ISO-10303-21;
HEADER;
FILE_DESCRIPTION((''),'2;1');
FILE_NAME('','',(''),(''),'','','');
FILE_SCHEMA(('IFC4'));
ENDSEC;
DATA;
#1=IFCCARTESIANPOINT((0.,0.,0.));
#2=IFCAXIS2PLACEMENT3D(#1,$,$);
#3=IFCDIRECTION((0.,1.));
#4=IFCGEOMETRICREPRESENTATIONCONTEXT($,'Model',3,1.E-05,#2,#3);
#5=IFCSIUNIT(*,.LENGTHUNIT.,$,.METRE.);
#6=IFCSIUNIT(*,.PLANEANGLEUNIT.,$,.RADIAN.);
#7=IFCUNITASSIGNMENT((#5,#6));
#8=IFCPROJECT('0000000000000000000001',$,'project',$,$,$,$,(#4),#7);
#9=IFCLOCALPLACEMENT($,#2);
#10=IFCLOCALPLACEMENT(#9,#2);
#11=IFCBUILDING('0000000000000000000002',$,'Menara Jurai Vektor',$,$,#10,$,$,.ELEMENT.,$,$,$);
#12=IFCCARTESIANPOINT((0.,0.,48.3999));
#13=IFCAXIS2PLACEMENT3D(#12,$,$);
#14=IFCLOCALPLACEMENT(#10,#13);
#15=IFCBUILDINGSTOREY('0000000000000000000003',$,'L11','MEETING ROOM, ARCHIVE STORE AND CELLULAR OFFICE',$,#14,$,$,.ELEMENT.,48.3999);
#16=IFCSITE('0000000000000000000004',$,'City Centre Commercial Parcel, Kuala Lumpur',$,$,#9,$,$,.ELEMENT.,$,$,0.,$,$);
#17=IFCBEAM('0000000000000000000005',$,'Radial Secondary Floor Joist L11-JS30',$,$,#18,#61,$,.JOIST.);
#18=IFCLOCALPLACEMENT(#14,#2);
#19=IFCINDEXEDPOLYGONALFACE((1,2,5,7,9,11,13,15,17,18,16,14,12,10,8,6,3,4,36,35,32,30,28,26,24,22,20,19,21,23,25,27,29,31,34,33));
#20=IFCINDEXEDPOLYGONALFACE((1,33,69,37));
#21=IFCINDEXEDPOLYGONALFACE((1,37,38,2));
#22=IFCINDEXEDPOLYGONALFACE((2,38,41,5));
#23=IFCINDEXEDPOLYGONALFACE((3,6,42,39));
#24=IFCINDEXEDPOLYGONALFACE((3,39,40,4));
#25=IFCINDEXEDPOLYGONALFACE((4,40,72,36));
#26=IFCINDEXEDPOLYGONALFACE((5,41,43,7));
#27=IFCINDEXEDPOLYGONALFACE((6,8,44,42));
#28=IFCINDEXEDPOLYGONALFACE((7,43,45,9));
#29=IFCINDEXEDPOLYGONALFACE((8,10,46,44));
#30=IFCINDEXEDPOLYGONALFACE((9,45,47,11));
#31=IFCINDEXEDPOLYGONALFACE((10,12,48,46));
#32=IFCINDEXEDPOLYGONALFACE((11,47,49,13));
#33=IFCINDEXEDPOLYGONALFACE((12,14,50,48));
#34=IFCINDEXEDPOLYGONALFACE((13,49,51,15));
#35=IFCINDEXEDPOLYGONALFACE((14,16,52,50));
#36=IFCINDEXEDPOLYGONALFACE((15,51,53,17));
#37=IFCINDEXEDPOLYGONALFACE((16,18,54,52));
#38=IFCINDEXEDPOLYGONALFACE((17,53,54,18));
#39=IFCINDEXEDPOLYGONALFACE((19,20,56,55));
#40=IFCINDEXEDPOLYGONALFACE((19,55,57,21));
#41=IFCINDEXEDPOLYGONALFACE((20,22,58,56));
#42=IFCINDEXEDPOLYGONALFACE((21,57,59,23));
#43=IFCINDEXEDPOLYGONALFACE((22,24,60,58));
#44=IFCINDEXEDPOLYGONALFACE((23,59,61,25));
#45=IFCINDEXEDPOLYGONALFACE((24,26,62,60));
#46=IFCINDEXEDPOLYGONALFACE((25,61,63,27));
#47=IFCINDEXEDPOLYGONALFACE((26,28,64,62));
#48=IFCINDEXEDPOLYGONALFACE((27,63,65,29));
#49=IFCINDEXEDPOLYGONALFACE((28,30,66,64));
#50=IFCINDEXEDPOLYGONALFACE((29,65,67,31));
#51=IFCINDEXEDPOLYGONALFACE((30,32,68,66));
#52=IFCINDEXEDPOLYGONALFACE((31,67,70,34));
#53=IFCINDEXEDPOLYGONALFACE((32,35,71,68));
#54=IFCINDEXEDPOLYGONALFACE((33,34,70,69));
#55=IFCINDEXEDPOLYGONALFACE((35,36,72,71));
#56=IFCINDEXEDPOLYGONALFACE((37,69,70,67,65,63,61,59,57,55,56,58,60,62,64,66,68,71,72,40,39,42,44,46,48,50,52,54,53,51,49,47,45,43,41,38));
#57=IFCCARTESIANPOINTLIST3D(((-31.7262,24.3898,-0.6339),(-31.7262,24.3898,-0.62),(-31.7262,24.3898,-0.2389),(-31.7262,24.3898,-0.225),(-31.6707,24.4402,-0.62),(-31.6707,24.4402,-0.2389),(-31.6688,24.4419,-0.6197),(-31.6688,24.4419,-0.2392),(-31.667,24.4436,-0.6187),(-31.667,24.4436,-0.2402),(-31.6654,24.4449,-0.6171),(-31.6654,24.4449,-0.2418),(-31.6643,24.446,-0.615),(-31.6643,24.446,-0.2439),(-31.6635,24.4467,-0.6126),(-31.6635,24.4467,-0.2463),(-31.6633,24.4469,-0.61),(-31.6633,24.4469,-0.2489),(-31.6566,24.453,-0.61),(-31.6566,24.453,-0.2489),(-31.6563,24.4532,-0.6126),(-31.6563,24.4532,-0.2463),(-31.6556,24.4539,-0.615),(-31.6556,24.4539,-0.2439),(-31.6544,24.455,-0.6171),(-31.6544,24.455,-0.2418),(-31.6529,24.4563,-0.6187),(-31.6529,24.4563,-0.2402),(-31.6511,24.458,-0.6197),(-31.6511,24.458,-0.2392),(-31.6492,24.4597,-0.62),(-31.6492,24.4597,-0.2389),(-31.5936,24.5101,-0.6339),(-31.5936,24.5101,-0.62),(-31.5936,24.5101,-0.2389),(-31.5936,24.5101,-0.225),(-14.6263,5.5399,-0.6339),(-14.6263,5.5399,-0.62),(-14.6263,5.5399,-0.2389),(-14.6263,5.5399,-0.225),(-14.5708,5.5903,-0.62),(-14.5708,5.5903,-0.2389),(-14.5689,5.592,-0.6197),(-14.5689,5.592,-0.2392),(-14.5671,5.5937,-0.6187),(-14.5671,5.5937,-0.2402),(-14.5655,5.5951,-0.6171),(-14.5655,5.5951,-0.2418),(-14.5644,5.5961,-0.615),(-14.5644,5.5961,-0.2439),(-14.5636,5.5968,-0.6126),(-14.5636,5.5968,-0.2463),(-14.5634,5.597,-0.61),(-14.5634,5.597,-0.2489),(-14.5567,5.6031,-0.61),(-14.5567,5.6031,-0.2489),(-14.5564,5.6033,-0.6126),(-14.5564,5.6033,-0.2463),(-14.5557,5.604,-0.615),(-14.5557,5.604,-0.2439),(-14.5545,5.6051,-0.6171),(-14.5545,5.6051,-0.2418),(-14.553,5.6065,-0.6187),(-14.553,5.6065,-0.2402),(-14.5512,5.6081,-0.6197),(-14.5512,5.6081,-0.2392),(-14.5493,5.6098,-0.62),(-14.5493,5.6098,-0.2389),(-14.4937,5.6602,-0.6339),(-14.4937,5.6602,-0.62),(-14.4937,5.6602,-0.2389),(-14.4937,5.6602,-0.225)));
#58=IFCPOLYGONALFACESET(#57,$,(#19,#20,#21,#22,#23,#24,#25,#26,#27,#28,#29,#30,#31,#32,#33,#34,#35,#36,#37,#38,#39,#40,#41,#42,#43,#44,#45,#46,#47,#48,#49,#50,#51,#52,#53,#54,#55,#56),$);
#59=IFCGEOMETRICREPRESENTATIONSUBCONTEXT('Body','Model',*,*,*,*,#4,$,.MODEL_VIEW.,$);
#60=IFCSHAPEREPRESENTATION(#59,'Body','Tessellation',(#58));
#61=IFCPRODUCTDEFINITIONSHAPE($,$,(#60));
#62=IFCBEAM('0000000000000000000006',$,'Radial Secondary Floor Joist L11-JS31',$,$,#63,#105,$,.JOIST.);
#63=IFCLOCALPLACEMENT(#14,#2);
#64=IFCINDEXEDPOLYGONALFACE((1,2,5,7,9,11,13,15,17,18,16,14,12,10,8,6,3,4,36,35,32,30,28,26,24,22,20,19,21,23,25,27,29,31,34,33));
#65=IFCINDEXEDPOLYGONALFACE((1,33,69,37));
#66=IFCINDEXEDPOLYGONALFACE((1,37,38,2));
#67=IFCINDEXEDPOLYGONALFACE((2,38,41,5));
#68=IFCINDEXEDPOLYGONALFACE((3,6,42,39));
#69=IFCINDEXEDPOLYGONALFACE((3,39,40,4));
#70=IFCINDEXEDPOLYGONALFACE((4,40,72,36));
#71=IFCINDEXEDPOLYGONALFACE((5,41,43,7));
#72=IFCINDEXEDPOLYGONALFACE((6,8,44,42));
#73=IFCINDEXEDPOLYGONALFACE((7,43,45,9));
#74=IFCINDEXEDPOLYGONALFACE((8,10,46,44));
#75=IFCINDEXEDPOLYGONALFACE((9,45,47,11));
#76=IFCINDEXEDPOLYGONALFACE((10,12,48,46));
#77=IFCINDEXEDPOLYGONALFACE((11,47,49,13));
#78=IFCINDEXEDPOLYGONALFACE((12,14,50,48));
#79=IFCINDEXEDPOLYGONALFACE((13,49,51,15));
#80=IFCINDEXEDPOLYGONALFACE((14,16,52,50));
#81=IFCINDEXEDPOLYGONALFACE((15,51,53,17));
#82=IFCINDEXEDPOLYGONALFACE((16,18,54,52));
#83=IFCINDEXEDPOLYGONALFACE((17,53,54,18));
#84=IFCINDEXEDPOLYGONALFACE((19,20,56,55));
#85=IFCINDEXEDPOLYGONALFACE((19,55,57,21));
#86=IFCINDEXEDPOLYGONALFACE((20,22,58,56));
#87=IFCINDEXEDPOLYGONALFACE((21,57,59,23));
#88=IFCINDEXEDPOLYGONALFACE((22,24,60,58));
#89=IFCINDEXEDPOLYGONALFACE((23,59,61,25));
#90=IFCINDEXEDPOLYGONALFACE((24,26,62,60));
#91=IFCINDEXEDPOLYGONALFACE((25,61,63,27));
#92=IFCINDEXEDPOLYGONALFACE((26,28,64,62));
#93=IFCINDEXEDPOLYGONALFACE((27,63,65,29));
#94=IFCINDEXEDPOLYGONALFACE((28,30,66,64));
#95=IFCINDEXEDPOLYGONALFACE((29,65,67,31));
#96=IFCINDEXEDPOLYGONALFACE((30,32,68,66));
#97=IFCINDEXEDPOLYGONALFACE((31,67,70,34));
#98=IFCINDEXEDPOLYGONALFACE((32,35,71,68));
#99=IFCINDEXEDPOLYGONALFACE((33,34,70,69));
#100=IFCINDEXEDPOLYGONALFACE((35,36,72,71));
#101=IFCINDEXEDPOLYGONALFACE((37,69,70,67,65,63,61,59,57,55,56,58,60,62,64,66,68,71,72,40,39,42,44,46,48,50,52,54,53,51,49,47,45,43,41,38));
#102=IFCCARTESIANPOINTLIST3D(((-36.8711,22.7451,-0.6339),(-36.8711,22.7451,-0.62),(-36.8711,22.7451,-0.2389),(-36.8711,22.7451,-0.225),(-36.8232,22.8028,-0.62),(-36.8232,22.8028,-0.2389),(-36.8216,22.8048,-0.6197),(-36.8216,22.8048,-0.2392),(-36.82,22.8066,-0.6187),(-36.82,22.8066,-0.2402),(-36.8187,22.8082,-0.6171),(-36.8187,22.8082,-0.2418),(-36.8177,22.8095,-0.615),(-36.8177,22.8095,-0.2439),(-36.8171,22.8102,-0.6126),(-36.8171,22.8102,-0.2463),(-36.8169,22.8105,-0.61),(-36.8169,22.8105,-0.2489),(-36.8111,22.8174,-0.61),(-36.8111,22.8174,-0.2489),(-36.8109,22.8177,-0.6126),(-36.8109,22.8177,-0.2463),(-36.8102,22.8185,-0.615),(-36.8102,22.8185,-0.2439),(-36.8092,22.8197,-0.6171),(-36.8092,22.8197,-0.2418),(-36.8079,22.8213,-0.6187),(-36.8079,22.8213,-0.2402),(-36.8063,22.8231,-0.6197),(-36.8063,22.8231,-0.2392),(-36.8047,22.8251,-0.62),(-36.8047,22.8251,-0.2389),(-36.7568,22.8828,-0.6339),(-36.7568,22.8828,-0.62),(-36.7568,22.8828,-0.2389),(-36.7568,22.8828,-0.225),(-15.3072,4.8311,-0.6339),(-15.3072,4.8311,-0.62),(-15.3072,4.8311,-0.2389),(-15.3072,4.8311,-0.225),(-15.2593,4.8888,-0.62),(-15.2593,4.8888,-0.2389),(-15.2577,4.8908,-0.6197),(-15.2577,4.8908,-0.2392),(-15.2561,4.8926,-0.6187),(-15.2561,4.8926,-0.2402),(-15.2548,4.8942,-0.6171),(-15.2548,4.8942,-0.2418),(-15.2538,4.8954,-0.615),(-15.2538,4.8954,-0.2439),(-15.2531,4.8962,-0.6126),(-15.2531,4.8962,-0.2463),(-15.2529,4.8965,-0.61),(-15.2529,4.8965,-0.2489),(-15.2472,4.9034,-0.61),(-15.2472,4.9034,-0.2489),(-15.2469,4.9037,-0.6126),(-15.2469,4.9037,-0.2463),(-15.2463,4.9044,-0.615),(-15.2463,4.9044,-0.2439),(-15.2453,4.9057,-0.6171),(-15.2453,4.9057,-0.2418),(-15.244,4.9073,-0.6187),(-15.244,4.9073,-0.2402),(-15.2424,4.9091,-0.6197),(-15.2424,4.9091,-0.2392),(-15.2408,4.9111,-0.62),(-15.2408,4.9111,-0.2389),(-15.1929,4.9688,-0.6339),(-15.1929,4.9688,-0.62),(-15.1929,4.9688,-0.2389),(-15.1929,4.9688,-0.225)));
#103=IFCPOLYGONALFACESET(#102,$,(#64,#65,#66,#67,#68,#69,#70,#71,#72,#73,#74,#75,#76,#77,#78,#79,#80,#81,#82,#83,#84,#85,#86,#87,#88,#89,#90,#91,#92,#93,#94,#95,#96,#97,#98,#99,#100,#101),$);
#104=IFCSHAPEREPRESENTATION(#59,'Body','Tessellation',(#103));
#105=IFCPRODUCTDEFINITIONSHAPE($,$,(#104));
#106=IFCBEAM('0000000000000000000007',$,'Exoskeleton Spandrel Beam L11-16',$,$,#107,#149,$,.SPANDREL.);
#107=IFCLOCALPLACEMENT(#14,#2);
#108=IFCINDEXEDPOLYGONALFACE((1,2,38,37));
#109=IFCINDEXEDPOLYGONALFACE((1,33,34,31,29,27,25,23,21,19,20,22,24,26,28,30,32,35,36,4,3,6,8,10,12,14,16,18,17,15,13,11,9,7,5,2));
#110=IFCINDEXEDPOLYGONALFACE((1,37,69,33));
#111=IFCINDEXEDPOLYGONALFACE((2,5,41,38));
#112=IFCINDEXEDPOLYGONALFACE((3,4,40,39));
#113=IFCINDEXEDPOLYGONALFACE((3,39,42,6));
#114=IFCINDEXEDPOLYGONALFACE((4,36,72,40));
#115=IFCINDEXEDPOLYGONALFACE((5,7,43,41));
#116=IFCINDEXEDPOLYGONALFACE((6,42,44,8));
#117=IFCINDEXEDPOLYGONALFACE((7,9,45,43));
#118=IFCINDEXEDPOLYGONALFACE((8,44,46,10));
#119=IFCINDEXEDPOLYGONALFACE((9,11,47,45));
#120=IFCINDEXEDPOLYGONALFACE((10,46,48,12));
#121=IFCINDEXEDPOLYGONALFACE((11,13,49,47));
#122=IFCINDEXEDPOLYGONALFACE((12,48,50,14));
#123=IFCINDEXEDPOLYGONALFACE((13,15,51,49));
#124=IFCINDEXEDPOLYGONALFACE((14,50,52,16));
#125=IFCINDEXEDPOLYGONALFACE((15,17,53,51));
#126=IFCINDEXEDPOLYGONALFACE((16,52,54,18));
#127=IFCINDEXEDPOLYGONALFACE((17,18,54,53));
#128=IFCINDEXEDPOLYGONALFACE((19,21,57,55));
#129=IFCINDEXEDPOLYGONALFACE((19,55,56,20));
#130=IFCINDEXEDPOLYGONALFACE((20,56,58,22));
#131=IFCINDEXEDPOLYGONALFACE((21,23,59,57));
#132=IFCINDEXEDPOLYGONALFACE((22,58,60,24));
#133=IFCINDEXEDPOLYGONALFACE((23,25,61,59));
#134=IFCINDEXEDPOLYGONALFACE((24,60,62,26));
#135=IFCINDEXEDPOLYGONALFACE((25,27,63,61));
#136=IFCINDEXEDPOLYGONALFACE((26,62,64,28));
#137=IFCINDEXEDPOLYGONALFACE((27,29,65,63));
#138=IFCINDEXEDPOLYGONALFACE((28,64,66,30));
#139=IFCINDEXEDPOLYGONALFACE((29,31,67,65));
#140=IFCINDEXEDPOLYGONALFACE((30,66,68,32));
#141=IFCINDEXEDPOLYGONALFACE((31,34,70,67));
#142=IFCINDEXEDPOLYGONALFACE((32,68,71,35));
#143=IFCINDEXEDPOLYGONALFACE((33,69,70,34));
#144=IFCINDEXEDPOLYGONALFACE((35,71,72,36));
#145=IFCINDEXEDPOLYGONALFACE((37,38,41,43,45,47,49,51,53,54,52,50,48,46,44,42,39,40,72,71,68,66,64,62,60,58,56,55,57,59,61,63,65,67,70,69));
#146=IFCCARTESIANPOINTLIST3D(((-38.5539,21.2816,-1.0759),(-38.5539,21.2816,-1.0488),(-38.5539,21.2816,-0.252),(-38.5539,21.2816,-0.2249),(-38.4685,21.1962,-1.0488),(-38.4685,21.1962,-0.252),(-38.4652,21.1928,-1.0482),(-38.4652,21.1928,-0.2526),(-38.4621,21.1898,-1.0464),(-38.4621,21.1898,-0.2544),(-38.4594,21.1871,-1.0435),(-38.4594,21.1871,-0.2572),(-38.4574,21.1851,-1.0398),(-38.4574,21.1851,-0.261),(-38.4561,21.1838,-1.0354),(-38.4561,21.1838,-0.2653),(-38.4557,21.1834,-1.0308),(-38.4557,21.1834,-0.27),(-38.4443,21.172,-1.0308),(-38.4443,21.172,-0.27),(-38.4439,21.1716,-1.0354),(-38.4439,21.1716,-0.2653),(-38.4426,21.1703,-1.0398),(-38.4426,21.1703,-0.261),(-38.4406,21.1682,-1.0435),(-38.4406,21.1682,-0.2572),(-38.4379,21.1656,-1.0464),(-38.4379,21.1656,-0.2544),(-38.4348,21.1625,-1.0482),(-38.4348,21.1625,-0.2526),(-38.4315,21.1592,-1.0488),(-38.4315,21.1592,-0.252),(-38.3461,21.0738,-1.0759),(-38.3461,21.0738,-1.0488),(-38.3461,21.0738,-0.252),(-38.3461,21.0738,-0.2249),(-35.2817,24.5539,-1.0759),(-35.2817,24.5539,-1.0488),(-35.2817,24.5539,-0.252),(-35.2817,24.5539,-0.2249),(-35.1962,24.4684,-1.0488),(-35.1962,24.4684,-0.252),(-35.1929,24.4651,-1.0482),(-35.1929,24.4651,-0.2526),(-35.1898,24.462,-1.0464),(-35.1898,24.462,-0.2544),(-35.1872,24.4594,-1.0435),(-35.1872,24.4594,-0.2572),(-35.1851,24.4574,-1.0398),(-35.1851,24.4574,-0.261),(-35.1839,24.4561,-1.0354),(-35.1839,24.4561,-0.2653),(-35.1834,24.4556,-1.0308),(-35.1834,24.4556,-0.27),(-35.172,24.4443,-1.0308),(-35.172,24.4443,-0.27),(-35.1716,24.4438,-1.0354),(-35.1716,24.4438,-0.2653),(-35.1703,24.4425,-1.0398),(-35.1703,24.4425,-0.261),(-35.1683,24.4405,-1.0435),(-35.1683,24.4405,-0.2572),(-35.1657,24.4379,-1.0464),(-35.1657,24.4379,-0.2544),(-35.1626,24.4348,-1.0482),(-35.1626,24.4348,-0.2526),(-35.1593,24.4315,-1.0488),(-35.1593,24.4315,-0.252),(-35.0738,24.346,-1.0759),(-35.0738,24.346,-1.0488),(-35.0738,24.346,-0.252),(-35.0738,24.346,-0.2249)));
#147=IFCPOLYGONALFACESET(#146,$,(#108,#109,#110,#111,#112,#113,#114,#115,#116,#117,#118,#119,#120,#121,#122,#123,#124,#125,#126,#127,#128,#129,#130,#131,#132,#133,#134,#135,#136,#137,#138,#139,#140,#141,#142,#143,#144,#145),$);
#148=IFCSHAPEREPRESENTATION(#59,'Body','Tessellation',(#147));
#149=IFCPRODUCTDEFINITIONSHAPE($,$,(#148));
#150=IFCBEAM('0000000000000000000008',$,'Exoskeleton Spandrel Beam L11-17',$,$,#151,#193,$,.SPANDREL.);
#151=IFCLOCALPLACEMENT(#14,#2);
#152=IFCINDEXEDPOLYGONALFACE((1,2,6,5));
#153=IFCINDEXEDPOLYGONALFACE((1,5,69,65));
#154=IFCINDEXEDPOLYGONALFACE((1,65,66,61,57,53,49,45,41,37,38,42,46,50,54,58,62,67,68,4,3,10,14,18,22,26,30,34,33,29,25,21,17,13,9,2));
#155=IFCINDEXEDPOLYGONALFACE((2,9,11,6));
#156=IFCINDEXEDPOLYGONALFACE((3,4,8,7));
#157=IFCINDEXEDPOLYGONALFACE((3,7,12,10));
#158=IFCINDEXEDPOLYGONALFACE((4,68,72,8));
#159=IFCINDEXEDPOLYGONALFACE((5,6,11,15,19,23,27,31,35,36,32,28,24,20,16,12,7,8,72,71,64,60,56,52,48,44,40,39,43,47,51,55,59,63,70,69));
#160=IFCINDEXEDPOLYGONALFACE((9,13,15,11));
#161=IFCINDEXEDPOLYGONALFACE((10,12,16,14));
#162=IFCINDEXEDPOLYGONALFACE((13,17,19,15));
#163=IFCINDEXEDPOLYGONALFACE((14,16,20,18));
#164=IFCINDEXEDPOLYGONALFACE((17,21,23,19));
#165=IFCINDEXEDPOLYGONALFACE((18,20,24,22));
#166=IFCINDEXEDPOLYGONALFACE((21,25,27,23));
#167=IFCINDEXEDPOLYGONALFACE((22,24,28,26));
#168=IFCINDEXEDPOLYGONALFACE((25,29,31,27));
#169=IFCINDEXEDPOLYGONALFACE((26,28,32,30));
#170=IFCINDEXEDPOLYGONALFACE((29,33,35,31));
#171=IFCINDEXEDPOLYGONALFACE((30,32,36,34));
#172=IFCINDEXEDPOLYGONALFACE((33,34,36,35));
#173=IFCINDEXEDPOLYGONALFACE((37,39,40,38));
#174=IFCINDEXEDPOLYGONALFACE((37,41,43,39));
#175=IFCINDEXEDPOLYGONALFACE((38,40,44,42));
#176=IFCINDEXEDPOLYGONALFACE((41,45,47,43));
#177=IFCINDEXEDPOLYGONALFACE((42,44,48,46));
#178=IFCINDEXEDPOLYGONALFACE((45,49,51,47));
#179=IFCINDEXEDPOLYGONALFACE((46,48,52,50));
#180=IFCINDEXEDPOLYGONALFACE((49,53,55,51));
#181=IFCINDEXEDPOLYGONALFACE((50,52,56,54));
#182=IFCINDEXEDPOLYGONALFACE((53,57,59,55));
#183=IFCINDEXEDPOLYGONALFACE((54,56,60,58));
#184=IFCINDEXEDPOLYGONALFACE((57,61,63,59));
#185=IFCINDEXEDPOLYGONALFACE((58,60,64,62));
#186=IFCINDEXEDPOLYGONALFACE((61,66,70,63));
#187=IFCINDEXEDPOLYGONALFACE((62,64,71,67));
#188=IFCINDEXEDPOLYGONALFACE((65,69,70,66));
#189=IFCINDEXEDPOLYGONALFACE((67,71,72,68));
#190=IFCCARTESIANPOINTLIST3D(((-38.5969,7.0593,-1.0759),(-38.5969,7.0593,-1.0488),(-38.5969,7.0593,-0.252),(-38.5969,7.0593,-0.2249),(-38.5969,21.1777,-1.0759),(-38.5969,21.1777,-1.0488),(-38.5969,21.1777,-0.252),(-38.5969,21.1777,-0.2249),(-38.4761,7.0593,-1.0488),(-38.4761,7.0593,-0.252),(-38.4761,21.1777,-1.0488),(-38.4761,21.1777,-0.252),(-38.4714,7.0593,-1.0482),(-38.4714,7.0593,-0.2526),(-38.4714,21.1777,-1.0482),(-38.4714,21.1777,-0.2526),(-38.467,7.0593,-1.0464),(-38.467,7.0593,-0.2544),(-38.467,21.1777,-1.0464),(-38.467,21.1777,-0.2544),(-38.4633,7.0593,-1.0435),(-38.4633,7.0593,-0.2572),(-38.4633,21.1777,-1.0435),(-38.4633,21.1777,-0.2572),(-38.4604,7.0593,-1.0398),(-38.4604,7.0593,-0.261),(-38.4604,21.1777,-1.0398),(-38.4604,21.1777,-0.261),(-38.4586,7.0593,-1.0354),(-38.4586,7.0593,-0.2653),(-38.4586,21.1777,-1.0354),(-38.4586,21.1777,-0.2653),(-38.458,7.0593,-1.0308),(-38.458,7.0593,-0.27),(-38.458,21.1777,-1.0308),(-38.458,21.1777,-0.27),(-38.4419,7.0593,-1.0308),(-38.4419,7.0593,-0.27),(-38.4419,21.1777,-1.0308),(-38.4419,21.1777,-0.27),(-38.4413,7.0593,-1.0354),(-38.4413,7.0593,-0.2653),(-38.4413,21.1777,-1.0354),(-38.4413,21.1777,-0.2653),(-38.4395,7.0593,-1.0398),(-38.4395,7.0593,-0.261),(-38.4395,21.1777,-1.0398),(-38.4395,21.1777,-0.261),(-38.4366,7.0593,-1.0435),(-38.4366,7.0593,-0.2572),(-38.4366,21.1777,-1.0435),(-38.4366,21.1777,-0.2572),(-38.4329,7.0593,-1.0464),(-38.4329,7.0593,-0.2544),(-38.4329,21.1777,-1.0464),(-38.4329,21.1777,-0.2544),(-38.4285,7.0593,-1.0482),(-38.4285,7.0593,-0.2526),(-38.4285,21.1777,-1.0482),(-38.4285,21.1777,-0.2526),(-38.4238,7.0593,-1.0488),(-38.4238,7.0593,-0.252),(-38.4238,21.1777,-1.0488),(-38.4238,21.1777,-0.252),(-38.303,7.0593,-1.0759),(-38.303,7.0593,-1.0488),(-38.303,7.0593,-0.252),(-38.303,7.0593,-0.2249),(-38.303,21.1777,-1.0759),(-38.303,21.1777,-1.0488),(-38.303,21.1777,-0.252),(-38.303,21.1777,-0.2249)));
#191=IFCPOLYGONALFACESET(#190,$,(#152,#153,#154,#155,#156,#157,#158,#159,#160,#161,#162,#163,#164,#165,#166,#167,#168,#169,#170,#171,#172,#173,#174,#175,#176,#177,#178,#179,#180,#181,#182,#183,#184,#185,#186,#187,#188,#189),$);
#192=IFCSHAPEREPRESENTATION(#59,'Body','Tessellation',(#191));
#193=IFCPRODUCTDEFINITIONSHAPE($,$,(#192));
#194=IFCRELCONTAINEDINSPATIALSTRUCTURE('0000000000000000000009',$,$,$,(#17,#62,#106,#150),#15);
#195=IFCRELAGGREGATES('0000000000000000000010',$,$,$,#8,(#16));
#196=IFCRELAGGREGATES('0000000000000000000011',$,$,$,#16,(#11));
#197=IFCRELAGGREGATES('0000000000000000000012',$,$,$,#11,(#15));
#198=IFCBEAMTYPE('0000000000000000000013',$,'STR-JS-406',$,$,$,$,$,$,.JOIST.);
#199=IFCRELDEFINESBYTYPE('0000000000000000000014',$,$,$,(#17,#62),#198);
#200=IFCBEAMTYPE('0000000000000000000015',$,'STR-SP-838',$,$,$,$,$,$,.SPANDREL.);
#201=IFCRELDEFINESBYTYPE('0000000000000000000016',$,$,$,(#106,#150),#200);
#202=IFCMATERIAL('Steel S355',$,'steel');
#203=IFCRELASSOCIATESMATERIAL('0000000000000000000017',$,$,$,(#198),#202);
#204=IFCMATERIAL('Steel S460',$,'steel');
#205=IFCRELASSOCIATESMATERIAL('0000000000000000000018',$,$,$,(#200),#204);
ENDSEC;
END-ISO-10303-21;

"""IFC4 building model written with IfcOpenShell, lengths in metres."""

from ifc_helpers import new_model, si_unit, direction, frame, origin, origin_2d, place, context, subcontext, project, spatial, i_section, extrude, material, material_profile, profile_set, type_object, element, save


model = new_model("IFC4")

# Units and contexts
model_context = context("Model", 3, precision=1e-05, world=origin(), true_north=direction((0.0, 1.0)))
body_context = subcontext(model_context, "Body", "Model", "MODEL_VIEW")
ifc_project = project(units=[si_unit("LENGTHUNIT", "METRE"), si_unit("PLANEANGLEUNIT", "RADIAN")], contexts=[model_context])

# Site, building, storey
site_placement = place(None, origin())
site = spatial("IfcSite", under=ifc_project, at=site_placement, Name="City Centre Commercial Parcel, Kuala Lumpur", CompositionType="ELEMENT", RefElevation=0.0)
building_placement = place(site_placement, origin())
building = spatial("IfcBuilding", under=site, at=building_placement, Name="Menara Jurai Vektor", CompositionType="ELEMENT")
storey_placement = place(building_placement, frame((0.0, 0.0, 48.3999)))
storey = spatial("IfcBuildingStorey", under=building, at=storey_placement, Name="L11", Description="MEETING ROOM, ARCHIVE STORE AND CELLULAR OFFICE", CompositionType="ELEMENT", Elevation=48.3999)

# Shared definitions
ifc_material_1 = material(Name="Steel S460", Category="steel")

# Shared definitions
ifc_material_2 = material(Name="Steel S355", Category="steel")

# Beams
ifc_material_profile_1 = material_profile(ifc_material_2, i_section(OverallWidth=0.179, OverallDepth=0.4089, WebThickness=0.009, FlangeThickness=0.0139, FilletRadius=0.01, at=origin_2d()), Name="UKB 406x178x67")
ifc_profile_set_1 = profile_set([ifc_material_profile_1], Name="Steel S355")
beam_type_1 = type_object("IfcBeamType", Name="STR-JS-406", PredefinedType="JOIST", material=ifc_profile_set_1)
beam_1_placement = place(storey_placement, frame((-31.6599, 24.45, -0.4294), z_axis=(0.67189, -0.740651, 0.0), x_axis=(0.740651, 0.67189, 0.0)))
element("IfcBeam", 1, at=beam_1_placement, inside=storey, type_object=beam_type_1, Name="Radial Secondary Floor Joist L11-JS30", PredefinedType="JOIST", context=body_context, shape_type="SweptSolid", body=[
    extrude(i_section(OverallWidth=0.179, OverallDepth=0.4089, WebThickness=0.009, FlangeThickness=0.0139, FilletRadius=0.01, at=origin_2d()), origin(), (0.0, 0.0, 1.0), 25.4504),
])
beam_2_placement = place(storey_placement, frame((-36.814, 22.814, -0.4294), z_axis=(0.769201, -0.639007, 0.0), x_axis=(0.639007, 0.769201, 0.0)))
element("IfcBeam", 2, at=beam_2_placement, inside=storey, type_object=beam_type_1, Name="Radial Secondary Floor Joist L11-JS31", PredefinedType="JOIST", context=body_context, shape_type="SweptSolid", body=[
    extrude(i_section(OverallWidth=0.179, OverallDepth=0.4089, WebThickness=0.009, FlangeThickness=0.0139, FilletRadius=0.01, at=origin_2d()), origin(), (0.0, 0.0, 1.0), 28.0342),
])
ifc_material_profile_2 = material_profile(ifc_material_1, i_section(OverallWidth=0.2939, OverallDepth=0.8511, WebThickness=0.0161, FlangeThickness=0.0271, FilletRadius=0.0181, at=origin_2d()), Name="UKB 838x292x226")
ifc_profile_set_2 = profile_set([ifc_material_profile_2], Name="Steel S460")
beam_type_2 = type_object("IfcBeamType", Name="STR-SP-838", PredefinedType="SPANDREL", material=ifc_profile_set_2)
beam_3_placement = place(storey_placement, frame((-35.1777, 24.45, -0.6504), z_axis=(-0.707107, -0.707107, 0.0), x_axis=(0.707107, -0.707107, 0.0)))
element("IfcBeam", 3, at=beam_3_placement, inside=storey, type_object=beam_type_2, Name="Exoskeleton Spandrel Beam L11-16", PredefinedType="SPANDREL", context=body_context, shape_type="SweptSolid", body=[
    extrude(i_section(OverallWidth=0.2939, OverallDepth=0.8511, WebThickness=0.0161, FlangeThickness=0.0271, FilletRadius=0.0181, at=origin_2d()), origin(), (0.0, 0.0, 1.0), 4.6277),
])
beam_4_placement = place(storey_placement, frame((-38.45, 21.1777, -0.6504), z_axis=(0.0, -1.0, 0.0), x_axis=(1.0, 0.0, 0.0)))
element("IfcBeam", 4, at=beam_4_placement, inside=storey, type_object=beam_type_2, Name="Exoskeleton Spandrel Beam L11-17", PredefinedType="SPANDREL", context=body_context, shape_type="SweptSolid", body=[
    extrude(i_section(OverallWidth=0.2939, OverallDepth=0.8511, WebThickness=0.0161, FlangeThickness=0.0271, FilletRadius=0.0181, at=origin_2d()), origin(), (0.0, 0.0, 1.0), 14.1184),
])

save(model, "model.ifc")
